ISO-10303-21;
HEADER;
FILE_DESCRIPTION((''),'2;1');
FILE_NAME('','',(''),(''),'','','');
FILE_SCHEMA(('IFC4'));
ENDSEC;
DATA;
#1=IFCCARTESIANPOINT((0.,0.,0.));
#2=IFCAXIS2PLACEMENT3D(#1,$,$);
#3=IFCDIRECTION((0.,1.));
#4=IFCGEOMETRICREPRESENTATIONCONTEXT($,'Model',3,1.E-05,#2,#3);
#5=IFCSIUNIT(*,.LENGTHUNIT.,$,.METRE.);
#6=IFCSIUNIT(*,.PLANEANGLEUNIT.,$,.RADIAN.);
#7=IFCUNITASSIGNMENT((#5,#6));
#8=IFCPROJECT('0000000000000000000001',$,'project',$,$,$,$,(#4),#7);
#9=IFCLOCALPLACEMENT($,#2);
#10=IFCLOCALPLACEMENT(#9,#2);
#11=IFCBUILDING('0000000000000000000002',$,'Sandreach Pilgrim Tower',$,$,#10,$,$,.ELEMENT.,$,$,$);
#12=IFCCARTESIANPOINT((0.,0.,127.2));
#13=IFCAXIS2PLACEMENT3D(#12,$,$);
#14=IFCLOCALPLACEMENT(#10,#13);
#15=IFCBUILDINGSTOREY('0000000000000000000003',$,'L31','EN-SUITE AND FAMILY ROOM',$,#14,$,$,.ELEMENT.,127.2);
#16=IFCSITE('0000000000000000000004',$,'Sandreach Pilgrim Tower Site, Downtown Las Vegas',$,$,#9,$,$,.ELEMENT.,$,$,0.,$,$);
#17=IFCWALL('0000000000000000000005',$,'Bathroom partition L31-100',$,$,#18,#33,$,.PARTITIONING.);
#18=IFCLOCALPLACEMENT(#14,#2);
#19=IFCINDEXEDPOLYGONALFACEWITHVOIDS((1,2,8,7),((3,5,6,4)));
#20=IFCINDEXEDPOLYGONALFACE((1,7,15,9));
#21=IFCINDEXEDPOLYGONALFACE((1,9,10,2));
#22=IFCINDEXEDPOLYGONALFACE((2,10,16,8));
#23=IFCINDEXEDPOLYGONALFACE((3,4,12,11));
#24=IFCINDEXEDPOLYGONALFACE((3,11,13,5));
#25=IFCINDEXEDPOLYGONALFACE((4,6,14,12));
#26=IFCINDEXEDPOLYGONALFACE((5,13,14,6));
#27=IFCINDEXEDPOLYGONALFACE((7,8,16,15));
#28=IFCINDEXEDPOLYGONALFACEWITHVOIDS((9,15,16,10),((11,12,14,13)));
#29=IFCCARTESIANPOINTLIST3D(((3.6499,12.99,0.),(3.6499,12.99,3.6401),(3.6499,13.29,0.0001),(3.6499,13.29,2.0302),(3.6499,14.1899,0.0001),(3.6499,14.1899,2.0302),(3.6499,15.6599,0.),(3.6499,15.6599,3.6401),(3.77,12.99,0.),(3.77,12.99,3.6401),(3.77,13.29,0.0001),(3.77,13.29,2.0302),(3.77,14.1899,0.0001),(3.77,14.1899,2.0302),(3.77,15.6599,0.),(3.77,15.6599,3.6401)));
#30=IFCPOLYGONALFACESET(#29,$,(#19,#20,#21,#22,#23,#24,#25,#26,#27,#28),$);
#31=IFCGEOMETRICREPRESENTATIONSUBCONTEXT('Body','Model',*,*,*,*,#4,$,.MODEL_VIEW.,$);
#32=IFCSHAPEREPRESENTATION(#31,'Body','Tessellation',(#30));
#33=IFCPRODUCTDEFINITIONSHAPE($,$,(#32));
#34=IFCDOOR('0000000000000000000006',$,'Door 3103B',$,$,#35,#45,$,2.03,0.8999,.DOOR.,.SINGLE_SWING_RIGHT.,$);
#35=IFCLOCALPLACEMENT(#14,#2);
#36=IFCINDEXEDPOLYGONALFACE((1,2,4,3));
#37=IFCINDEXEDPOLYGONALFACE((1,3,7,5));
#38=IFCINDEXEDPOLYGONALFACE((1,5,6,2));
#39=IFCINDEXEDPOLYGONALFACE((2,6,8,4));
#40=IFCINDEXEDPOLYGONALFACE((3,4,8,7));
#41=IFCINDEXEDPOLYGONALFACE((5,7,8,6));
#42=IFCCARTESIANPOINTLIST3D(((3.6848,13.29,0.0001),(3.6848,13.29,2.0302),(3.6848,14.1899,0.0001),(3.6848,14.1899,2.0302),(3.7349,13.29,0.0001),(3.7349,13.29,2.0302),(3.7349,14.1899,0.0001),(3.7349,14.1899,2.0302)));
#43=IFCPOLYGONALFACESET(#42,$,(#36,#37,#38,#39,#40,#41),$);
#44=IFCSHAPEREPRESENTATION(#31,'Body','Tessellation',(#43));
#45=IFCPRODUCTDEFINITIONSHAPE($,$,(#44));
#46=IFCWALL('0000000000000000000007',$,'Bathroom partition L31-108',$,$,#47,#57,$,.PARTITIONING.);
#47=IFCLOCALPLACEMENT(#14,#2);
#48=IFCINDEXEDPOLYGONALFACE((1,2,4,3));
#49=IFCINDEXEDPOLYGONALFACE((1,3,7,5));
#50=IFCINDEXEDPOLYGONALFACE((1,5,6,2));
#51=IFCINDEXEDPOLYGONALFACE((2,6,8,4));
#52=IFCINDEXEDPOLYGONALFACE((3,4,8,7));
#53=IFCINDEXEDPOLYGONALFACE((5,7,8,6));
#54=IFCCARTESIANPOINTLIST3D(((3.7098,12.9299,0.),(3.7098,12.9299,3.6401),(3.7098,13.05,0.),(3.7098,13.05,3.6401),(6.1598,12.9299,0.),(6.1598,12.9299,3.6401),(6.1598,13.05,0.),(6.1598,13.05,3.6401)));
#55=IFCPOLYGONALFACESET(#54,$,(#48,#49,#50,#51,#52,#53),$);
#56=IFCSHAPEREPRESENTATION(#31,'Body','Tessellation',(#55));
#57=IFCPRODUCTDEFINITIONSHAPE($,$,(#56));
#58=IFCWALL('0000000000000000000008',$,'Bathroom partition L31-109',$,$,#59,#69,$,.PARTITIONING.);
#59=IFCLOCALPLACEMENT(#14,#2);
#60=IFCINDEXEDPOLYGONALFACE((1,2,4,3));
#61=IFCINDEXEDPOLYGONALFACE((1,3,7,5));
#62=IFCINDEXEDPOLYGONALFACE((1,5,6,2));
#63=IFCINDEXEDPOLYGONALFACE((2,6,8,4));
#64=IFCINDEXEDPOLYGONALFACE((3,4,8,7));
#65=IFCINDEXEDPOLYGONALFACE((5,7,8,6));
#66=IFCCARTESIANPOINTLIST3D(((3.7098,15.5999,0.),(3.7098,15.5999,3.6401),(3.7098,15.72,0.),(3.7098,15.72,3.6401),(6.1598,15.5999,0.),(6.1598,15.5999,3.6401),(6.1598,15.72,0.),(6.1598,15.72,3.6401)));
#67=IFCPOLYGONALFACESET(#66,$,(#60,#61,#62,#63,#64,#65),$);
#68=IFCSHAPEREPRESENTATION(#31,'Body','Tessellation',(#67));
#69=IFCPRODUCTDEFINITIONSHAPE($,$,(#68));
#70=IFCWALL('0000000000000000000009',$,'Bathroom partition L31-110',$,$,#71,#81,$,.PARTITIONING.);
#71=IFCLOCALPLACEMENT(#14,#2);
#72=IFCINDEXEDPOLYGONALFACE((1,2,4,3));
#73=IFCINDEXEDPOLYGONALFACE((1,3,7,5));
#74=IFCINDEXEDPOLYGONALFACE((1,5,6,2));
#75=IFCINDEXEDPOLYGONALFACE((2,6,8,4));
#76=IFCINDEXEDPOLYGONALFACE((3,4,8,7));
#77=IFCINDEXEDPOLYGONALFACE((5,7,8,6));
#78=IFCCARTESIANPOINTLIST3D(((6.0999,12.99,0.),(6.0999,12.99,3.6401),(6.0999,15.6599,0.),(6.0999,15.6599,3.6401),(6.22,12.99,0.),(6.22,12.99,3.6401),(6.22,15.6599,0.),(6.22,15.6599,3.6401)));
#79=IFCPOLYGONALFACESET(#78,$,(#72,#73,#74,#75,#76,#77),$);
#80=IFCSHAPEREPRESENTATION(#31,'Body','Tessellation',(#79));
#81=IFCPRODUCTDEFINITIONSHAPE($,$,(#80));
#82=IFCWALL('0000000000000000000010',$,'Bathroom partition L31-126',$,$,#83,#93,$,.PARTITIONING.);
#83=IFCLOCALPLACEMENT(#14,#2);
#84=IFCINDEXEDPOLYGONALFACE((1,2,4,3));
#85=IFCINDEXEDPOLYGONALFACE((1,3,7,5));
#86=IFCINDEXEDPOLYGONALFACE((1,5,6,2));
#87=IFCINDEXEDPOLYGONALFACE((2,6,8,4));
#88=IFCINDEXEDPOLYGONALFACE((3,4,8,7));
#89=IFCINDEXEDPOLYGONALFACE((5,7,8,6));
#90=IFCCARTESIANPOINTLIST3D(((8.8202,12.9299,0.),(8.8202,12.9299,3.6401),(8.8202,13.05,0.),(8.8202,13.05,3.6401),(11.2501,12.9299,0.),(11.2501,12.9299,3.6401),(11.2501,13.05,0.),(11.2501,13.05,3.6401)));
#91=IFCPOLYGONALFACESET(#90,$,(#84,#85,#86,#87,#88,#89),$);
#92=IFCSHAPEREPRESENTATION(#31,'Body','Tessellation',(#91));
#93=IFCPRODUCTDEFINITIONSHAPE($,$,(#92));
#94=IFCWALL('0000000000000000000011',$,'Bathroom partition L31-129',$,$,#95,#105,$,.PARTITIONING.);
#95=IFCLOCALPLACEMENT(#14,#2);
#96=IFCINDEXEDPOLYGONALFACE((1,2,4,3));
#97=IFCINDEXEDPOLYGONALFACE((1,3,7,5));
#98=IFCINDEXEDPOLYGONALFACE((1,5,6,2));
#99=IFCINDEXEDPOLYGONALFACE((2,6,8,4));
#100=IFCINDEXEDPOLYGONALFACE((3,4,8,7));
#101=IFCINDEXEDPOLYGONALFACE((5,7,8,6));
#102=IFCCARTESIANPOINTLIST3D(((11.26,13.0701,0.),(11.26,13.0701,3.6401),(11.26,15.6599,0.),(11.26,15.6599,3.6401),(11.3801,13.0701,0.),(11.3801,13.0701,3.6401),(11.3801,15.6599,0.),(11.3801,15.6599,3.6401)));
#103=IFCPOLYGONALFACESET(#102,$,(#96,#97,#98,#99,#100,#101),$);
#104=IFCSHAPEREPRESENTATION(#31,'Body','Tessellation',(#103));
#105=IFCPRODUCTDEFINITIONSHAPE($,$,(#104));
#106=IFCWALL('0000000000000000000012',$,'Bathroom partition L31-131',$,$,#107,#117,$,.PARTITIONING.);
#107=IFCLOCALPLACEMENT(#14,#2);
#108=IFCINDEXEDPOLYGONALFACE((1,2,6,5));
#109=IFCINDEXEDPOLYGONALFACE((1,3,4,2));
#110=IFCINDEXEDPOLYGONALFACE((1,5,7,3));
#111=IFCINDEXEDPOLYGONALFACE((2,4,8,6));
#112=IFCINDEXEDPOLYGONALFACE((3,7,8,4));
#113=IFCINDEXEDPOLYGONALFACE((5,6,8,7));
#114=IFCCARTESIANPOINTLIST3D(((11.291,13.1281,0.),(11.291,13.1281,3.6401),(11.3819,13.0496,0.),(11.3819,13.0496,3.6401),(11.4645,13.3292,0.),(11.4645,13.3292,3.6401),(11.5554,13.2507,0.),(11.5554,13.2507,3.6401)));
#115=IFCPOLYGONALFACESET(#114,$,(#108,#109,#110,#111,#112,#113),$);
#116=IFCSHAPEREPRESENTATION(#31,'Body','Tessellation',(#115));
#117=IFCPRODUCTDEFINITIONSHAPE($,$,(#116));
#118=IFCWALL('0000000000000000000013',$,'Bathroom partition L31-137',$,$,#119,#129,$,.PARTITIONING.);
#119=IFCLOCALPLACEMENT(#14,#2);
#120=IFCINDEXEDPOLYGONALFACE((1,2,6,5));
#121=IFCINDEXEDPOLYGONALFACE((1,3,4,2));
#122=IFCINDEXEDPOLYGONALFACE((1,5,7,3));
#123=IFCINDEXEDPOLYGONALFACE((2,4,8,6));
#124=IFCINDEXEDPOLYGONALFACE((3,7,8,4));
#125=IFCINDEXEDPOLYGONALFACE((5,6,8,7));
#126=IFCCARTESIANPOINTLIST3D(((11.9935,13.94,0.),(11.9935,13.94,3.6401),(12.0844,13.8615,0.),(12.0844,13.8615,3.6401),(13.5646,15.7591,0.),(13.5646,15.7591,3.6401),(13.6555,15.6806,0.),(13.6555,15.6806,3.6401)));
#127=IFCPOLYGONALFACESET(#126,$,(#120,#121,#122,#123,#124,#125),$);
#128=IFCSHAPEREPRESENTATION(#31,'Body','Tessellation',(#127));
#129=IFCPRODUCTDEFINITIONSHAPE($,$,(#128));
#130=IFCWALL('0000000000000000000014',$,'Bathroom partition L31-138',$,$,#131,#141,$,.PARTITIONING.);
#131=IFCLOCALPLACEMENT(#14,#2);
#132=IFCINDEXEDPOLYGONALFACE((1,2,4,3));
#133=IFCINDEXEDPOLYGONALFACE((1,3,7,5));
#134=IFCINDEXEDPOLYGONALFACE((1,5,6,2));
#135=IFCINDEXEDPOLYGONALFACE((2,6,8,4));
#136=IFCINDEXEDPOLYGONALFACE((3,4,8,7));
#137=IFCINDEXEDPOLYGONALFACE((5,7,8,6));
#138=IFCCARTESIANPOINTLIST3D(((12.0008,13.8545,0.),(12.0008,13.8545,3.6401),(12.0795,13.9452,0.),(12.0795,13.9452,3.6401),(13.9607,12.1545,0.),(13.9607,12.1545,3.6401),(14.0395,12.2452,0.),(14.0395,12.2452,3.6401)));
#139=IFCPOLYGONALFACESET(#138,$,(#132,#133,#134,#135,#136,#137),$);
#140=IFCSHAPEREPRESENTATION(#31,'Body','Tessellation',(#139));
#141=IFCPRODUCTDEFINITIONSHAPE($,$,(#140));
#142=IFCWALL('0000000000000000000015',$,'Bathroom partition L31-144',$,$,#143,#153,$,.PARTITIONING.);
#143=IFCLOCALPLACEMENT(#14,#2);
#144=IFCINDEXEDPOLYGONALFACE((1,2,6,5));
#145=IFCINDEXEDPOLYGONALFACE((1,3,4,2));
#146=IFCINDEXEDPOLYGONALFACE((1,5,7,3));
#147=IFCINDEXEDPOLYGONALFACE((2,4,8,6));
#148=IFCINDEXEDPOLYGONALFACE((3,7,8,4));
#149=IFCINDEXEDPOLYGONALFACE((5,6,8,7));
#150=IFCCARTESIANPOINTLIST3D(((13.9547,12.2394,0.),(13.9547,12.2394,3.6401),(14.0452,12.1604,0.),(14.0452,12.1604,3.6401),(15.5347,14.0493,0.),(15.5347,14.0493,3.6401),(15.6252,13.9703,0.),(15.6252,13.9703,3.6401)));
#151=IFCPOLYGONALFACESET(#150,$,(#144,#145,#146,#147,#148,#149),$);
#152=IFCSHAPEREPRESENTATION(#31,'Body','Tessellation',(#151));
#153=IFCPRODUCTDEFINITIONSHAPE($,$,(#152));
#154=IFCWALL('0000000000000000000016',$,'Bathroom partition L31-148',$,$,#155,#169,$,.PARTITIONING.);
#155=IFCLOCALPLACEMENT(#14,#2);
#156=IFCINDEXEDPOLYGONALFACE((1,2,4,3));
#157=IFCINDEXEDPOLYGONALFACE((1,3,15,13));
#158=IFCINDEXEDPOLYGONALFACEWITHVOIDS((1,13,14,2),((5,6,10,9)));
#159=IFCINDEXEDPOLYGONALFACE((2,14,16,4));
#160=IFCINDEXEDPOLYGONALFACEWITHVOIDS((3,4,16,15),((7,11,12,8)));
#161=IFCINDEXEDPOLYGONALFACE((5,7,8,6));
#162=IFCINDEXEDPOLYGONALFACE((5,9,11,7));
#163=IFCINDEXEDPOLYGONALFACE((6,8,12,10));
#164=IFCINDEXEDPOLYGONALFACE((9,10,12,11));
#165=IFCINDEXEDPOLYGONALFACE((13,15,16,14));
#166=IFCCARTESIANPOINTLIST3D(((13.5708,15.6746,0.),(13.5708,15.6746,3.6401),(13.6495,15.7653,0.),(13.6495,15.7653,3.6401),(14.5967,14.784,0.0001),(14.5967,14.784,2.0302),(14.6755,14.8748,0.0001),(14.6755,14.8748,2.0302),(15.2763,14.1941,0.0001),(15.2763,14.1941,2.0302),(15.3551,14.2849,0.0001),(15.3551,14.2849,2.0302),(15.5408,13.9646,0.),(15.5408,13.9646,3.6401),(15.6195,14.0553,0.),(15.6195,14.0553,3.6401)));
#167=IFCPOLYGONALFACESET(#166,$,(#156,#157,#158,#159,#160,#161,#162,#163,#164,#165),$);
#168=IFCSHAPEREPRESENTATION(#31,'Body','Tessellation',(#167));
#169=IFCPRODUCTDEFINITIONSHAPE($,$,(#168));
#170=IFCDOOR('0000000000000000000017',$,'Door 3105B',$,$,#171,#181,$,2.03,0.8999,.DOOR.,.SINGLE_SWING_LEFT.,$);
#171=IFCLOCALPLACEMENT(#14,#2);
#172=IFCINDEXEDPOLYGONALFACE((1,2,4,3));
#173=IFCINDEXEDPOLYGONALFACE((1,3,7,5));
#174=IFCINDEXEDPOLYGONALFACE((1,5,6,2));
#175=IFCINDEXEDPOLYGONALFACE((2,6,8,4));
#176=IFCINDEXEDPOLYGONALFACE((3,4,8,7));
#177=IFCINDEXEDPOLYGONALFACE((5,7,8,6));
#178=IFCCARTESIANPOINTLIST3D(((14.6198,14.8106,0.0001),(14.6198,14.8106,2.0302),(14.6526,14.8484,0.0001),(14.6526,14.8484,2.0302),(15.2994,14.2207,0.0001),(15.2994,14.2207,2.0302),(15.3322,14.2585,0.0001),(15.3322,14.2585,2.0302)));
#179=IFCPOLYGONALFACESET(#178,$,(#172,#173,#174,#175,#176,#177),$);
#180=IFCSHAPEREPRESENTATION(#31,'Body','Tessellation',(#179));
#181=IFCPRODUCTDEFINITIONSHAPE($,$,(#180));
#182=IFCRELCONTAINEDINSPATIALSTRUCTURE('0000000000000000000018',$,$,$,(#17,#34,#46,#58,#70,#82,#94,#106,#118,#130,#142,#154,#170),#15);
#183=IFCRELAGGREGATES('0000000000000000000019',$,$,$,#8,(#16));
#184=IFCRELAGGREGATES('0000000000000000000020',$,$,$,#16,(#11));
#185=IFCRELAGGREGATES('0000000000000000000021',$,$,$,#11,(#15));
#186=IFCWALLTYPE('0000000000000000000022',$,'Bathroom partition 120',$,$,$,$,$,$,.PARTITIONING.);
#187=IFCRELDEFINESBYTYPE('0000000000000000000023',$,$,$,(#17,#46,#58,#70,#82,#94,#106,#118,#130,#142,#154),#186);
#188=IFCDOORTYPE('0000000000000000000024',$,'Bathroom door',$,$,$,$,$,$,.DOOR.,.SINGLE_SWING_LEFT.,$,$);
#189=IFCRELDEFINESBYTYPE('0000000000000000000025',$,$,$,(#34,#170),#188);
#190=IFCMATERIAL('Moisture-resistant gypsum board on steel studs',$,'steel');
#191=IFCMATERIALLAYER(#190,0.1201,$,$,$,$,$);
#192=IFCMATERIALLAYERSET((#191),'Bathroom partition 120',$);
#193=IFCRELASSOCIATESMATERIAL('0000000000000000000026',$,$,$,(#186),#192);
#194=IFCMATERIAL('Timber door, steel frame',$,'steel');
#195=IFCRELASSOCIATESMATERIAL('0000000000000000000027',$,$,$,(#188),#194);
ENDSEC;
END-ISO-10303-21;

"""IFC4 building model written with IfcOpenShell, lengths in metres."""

from ifc_helpers import new_model, si_unit, direction, frame, frame_2d, origin, place, context, subcontext, project, spatial, rectangle, extrude, material, layer, layer_set, type_object, element, fill, save


model = new_model("IFC4")

# Units and contexts
model_context = context("Model", 3, precision=1e-05, world=origin(), true_north=direction((0.0, 1.0)))
body_context = subcontext(model_context, "Body", "Model", "MODEL_VIEW")
ifc_project = project(units=[si_unit("LENGTHUNIT", "METRE"), si_unit("PLANEANGLEUNIT", "RADIAN")], contexts=[model_context])

# Site, building, storey
site_placement = place(None, origin())
site = spatial("IfcSite", under=ifc_project, at=site_placement, Name="Sandreach Pilgrim Tower Site, Downtown Las Vegas", CompositionType="ELEMENT", RefElevation=0.0)
building_placement = place(site_placement, origin())
building = spatial("IfcBuilding", under=site, at=building_placement, Name="Sandreach Pilgrim Tower", CompositionType="ELEMENT")
storey_placement = place(building_placement, frame((0.0, 0.0, 127.2)))
storey = spatial("IfcBuildingStorey", under=building, at=storey_placement, Name="L31", Description="EN-SUITE AND FAMILY ROOM", CompositionType="ELEMENT", Elevation=127.2)

# Wall, opening, door
ifc_material_1 = material(Name="Moisture-resistant gypsum board on steel studs", Category="steel")
ifc_layer_1 = layer(ifc_material_1, 0.1201)
ifc_layer_set_1 = layer_set([ifc_layer_1], Name="Bathroom partition 120")
wall_type_1 = type_object("IfcWallType", Name="Bathroom partition 120", PredefinedType="PARTITIONING", material=ifc_layer_set_1)
wall_1_placement = place(storey_placement, frame((3.71, 15.6599, 0.0), z_axis=(0.0, 0.0, 1.0), x_axis=(0.0, -1.0, 0.0)))
wall_1 = element("IfcWall", 1, at=wall_1_placement, inside=storey, type_object=wall_type_1, Name="Bathroom partition L31-100", PredefinedType="PARTITIONING", context=body_context, shape_type="SweptSolid", body=[
    extrude(rectangle(XDim=2.6699, YDim=0.1201, at=frame_2d((1.335, 0.0))), origin(), (0.0, 0.0, 1.0), 3.6401),
])
opening_1_placement = place(wall_1_placement, frame((1.47, 0.0, 0.0)))
opening_1 = element("IfcOpeningElement", 2, at=opening_1_placement, cuts=wall_1, PredefinedType="OPENING", context=body_context, shape_type="SweptSolid", body=[
    extrude(rectangle(XDim=0.8999, YDim=2.03, at=frame_2d((0.45, 1.0151))), frame((0.0, 0.0601, 0.0), z_axis=(0.0, -1.0, 0.0), x_axis=(1.0, 0.0, 0.0)), (0.0, 0.0, 1.0), 0.1201),
])
ifc_material_2 = material(Name="Timber door, steel frame", Category="steel")
door_type_1 = type_object("IfcDoorType", Name="Bathroom door", OperationType="SINGLE_SWING_LEFT", PredefinedType="DOOR", material=ifc_material_2)
door_1_placement = place(opening_1_placement, origin())
door_1 = element("IfcDoor", 3, at=door_1_placement, inside=storey, type_object=door_type_1, Name="Door 3103B", OperationType="SINGLE_SWING_RIGHT", OverallHeight=2.03, OverallWidth=0.8999, PredefinedType="DOOR", context=body_context, shape_type="SweptSolid", body=[
    extrude(rectangle(XDim=0.8999, YDim=2.03, at=frame_2d((0.45, 1.0151))), frame((0.0, 0.0249, 0.0), z_axis=(0.0, -1.0, 0.0), x_axis=(1.0, 0.0, 0.0)), (0.0, 0.0, 1.0), 0.05),
])
fill(opening_1, door_1)

# Walls
for number, where, z_axis, x_axis, name in (
    (4, (6.1599, 12.99, 0.0), (0.0, 0.0, 1.0), (-1.0, 0.0, 0.0), "Bathroom partition L31-108"),
    (5, (6.1599, 15.6599, 0.0), (0.0, 0.0, 1.0), (-1.0, 0.0, 0.0), "Bathroom partition L31-109"),
):
    element("IfcWall", number, at=place(storey_placement, frame(where, z_axis=z_axis, x_axis=x_axis)), inside=storey, type_object=wall_type_1, Name=name, PredefinedType="PARTITIONING", context=body_context, shape_type="SweptSolid", body=[
        extrude(rectangle(XDim=2.45, YDim=0.1201, at=frame_2d((1.2251, 0.0))), origin(), (0.0, 0.0, 1.0), 3.6401),
    ])
wall_2_placement = place(storey_placement, frame((6.1599, 15.6599, 0.0), z_axis=(0.0, 0.0, 1.0), x_axis=(0.0, -1.0, 0.0)))
element("IfcWall", 6, at=wall_2_placement, inside=storey, type_object=wall_type_1, Name="Bathroom partition L31-110", PredefinedType="PARTITIONING", context=body_context, shape_type="SweptSolid", body=[
    extrude(rectangle(XDim=2.6699, YDim=0.1201, at=frame_2d((1.335, 0.0))), origin(), (0.0, 0.0, 1.0), 3.6401),
])
wall_3_placement = place(storey_placement, frame((11.25, 12.99, 0.0), z_axis=(0.0, 0.0, 1.0), x_axis=(-1.0, 0.0, 0.0)))
element("IfcWall", 7, at=wall_3_placement, inside=storey, type_object=wall_type_1, Name="Bathroom partition L31-126", PredefinedType="PARTITIONING", context=body_context, shape_type="SweptSolid", body=[
    extrude(rectangle(XDim=2.4299, YDim=0.1201, at=frame_2d((1.2148, 0.0))), origin(), (0.0, 0.0, 1.0), 3.6401),
])
wall_4_placement = place(storey_placement, frame((11.3201, 13.0701, 0.0), z_axis=(0.0, 0.0, 1.0), x_axis=(0.0, 1.0, 0.0)))
element("IfcWall", 8, at=wall_4_placement, inside=storey, type_object=wall_type_1, Name="Bathroom partition L31-129", PredefinedType="PARTITIONING", context=body_context, shape_type="SweptSolid", body=[
    extrude(rectangle(XDim=2.5898, YDim=0.1201, at=frame_2d((1.2949, 0.0))), origin(), (0.0, 0.0, 1.0), 3.6401),
])
wall_5_placement = place(storey_placement, frame((11.3364, 13.0889, 0.0), z_axis=(0.0, 0.0, 1.0), x_axis=(0.653285, 0.757112, 0.0)))
element("IfcWall", 9, at=wall_5_placement, inside=storey, type_object=wall_type_1, Name="Bathroom partition L31-131", PredefinedType="PARTITIONING", context=body_context, shape_type="SweptSolid", body=[
    extrude(rectangle(XDim=0.2656, YDim=0.1201, at=frame_2d((0.1328, 0.0))), origin(), (0.0, 0.0, 1.0), 3.6401),
])
wall_6_placement = place(storey_placement, frame((12.0391, 13.9009, 0.0), z_axis=(0.0, 0.0, 1.0), x_axis=(0.653623, 0.756821, 0.0)))
element("IfcWall", 10, at=wall_6_placement, inside=storey, type_object=wall_type_1, Name="Bathroom partition L31-137", PredefinedType="PARTITIONING", context=body_context, shape_type="SweptSolid", body=[
    extrude(rectangle(XDim=2.4036, YDim=0.1201, at=frame_2d((1.2017, 0.0))), origin(), (0.0, 0.0, 1.0), 3.6401),
])
wall_7_placement = place(storey_placement, frame((12.04, 13.8999, 0.0), z_axis=(0.0, 0.0, 1.0), x_axis=(0.755438, -0.655221, 0.0)))
element("IfcWall", 11, at=wall_7_placement, inside=storey, type_object=wall_type_1, Name="Bathroom partition L31-138", PredefinedType="PARTITIONING", context=body_context, shape_type="SweptSolid", body=[
    extrude(rectangle(XDim=2.5945, YDim=0.1201, at=frame_2d((1.2974, 0.0))), origin(), (0.0, 0.0, 1.0), 3.6401),
])
wall_8_placement = place(storey_placement, frame((14.0, 12.2, 0.0), z_axis=(0.0, 0.0, 1.0), x_axis=(0.657627, 0.753344, 0.0)))
element("IfcWall", 12, at=wall_8_placement, inside=storey, type_object=wall_type_1, Name="Bathroom partition L31-144", PredefinedType="PARTITIONING", context=body_context, shape_type="SweptSolid", body=[
    extrude(rectangle(XDim=2.4026, YDim=0.1201, at=frame_2d((1.2012, 0.0))), origin(), (0.0, 0.0, 1.0), 3.6401),
])

# Wall, opening, door
wall_9_placement = place(storey_placement, frame((15.5801, 14.01, 0.0), z_axis=(0.0, 0.0, 1.0), x_axis=(-0.755186, 0.655511, 0.0)))
wall_9 = element("IfcWall", 13, at=wall_9_placement, inside=storey, type_object=wall_type_1, Name="Bathroom partition L31-148", PredefinedType="PARTITIONING", context=body_context, shape_type="SweptSolid", body=[
    extrude(rectangle(XDim=2.6086, YDim=0.1201, at=frame_2d((1.3042, 0.0))), origin(), (0.0, 0.0, 1.0), 3.6401),
])
opening_2_placement = place(wall_9_placement, frame((0.3501, 0.0, 0.0)))
opening_2 = element("IfcOpeningElement", 14, at=opening_2_placement, cuts=wall_9, PredefinedType="OPENING", context=body_context, shape_type="SweptSolid", body=[
    extrude(rectangle(XDim=0.8999, YDim=2.03, at=frame_2d((0.45, 1.0151))), frame((0.0, 0.0601, 0.0), z_axis=(0.0, -1.0, 0.0), x_axis=(1.0, 0.0, 0.0)), (0.0, 0.0, 1.0), 0.1201),
])
door_2_placement = place(opening_2_placement, origin())
door_2 = element("IfcDoor", 15, at=door_2_placement, inside=storey, type_object=door_type_1, Name="Door 3105B", OperationType="SINGLE_SWING_LEFT", OverallHeight=2.03, OverallWidth=0.8999, PredefinedType="DOOR", context=body_context, shape_type="SweptSolid", body=[
    extrude(rectangle(XDim=0.8999, YDim=2.03, at=frame_2d((0.45, 1.0151))), frame((0.0, 0.0249, 0.0), z_axis=(0.0, -1.0, 0.0), x_axis=(1.0, 0.0, 0.0)), (0.0, 0.0, 1.0), 0.05),
])
fill(opening_2, door_2)

save(model, "model.ifc")
